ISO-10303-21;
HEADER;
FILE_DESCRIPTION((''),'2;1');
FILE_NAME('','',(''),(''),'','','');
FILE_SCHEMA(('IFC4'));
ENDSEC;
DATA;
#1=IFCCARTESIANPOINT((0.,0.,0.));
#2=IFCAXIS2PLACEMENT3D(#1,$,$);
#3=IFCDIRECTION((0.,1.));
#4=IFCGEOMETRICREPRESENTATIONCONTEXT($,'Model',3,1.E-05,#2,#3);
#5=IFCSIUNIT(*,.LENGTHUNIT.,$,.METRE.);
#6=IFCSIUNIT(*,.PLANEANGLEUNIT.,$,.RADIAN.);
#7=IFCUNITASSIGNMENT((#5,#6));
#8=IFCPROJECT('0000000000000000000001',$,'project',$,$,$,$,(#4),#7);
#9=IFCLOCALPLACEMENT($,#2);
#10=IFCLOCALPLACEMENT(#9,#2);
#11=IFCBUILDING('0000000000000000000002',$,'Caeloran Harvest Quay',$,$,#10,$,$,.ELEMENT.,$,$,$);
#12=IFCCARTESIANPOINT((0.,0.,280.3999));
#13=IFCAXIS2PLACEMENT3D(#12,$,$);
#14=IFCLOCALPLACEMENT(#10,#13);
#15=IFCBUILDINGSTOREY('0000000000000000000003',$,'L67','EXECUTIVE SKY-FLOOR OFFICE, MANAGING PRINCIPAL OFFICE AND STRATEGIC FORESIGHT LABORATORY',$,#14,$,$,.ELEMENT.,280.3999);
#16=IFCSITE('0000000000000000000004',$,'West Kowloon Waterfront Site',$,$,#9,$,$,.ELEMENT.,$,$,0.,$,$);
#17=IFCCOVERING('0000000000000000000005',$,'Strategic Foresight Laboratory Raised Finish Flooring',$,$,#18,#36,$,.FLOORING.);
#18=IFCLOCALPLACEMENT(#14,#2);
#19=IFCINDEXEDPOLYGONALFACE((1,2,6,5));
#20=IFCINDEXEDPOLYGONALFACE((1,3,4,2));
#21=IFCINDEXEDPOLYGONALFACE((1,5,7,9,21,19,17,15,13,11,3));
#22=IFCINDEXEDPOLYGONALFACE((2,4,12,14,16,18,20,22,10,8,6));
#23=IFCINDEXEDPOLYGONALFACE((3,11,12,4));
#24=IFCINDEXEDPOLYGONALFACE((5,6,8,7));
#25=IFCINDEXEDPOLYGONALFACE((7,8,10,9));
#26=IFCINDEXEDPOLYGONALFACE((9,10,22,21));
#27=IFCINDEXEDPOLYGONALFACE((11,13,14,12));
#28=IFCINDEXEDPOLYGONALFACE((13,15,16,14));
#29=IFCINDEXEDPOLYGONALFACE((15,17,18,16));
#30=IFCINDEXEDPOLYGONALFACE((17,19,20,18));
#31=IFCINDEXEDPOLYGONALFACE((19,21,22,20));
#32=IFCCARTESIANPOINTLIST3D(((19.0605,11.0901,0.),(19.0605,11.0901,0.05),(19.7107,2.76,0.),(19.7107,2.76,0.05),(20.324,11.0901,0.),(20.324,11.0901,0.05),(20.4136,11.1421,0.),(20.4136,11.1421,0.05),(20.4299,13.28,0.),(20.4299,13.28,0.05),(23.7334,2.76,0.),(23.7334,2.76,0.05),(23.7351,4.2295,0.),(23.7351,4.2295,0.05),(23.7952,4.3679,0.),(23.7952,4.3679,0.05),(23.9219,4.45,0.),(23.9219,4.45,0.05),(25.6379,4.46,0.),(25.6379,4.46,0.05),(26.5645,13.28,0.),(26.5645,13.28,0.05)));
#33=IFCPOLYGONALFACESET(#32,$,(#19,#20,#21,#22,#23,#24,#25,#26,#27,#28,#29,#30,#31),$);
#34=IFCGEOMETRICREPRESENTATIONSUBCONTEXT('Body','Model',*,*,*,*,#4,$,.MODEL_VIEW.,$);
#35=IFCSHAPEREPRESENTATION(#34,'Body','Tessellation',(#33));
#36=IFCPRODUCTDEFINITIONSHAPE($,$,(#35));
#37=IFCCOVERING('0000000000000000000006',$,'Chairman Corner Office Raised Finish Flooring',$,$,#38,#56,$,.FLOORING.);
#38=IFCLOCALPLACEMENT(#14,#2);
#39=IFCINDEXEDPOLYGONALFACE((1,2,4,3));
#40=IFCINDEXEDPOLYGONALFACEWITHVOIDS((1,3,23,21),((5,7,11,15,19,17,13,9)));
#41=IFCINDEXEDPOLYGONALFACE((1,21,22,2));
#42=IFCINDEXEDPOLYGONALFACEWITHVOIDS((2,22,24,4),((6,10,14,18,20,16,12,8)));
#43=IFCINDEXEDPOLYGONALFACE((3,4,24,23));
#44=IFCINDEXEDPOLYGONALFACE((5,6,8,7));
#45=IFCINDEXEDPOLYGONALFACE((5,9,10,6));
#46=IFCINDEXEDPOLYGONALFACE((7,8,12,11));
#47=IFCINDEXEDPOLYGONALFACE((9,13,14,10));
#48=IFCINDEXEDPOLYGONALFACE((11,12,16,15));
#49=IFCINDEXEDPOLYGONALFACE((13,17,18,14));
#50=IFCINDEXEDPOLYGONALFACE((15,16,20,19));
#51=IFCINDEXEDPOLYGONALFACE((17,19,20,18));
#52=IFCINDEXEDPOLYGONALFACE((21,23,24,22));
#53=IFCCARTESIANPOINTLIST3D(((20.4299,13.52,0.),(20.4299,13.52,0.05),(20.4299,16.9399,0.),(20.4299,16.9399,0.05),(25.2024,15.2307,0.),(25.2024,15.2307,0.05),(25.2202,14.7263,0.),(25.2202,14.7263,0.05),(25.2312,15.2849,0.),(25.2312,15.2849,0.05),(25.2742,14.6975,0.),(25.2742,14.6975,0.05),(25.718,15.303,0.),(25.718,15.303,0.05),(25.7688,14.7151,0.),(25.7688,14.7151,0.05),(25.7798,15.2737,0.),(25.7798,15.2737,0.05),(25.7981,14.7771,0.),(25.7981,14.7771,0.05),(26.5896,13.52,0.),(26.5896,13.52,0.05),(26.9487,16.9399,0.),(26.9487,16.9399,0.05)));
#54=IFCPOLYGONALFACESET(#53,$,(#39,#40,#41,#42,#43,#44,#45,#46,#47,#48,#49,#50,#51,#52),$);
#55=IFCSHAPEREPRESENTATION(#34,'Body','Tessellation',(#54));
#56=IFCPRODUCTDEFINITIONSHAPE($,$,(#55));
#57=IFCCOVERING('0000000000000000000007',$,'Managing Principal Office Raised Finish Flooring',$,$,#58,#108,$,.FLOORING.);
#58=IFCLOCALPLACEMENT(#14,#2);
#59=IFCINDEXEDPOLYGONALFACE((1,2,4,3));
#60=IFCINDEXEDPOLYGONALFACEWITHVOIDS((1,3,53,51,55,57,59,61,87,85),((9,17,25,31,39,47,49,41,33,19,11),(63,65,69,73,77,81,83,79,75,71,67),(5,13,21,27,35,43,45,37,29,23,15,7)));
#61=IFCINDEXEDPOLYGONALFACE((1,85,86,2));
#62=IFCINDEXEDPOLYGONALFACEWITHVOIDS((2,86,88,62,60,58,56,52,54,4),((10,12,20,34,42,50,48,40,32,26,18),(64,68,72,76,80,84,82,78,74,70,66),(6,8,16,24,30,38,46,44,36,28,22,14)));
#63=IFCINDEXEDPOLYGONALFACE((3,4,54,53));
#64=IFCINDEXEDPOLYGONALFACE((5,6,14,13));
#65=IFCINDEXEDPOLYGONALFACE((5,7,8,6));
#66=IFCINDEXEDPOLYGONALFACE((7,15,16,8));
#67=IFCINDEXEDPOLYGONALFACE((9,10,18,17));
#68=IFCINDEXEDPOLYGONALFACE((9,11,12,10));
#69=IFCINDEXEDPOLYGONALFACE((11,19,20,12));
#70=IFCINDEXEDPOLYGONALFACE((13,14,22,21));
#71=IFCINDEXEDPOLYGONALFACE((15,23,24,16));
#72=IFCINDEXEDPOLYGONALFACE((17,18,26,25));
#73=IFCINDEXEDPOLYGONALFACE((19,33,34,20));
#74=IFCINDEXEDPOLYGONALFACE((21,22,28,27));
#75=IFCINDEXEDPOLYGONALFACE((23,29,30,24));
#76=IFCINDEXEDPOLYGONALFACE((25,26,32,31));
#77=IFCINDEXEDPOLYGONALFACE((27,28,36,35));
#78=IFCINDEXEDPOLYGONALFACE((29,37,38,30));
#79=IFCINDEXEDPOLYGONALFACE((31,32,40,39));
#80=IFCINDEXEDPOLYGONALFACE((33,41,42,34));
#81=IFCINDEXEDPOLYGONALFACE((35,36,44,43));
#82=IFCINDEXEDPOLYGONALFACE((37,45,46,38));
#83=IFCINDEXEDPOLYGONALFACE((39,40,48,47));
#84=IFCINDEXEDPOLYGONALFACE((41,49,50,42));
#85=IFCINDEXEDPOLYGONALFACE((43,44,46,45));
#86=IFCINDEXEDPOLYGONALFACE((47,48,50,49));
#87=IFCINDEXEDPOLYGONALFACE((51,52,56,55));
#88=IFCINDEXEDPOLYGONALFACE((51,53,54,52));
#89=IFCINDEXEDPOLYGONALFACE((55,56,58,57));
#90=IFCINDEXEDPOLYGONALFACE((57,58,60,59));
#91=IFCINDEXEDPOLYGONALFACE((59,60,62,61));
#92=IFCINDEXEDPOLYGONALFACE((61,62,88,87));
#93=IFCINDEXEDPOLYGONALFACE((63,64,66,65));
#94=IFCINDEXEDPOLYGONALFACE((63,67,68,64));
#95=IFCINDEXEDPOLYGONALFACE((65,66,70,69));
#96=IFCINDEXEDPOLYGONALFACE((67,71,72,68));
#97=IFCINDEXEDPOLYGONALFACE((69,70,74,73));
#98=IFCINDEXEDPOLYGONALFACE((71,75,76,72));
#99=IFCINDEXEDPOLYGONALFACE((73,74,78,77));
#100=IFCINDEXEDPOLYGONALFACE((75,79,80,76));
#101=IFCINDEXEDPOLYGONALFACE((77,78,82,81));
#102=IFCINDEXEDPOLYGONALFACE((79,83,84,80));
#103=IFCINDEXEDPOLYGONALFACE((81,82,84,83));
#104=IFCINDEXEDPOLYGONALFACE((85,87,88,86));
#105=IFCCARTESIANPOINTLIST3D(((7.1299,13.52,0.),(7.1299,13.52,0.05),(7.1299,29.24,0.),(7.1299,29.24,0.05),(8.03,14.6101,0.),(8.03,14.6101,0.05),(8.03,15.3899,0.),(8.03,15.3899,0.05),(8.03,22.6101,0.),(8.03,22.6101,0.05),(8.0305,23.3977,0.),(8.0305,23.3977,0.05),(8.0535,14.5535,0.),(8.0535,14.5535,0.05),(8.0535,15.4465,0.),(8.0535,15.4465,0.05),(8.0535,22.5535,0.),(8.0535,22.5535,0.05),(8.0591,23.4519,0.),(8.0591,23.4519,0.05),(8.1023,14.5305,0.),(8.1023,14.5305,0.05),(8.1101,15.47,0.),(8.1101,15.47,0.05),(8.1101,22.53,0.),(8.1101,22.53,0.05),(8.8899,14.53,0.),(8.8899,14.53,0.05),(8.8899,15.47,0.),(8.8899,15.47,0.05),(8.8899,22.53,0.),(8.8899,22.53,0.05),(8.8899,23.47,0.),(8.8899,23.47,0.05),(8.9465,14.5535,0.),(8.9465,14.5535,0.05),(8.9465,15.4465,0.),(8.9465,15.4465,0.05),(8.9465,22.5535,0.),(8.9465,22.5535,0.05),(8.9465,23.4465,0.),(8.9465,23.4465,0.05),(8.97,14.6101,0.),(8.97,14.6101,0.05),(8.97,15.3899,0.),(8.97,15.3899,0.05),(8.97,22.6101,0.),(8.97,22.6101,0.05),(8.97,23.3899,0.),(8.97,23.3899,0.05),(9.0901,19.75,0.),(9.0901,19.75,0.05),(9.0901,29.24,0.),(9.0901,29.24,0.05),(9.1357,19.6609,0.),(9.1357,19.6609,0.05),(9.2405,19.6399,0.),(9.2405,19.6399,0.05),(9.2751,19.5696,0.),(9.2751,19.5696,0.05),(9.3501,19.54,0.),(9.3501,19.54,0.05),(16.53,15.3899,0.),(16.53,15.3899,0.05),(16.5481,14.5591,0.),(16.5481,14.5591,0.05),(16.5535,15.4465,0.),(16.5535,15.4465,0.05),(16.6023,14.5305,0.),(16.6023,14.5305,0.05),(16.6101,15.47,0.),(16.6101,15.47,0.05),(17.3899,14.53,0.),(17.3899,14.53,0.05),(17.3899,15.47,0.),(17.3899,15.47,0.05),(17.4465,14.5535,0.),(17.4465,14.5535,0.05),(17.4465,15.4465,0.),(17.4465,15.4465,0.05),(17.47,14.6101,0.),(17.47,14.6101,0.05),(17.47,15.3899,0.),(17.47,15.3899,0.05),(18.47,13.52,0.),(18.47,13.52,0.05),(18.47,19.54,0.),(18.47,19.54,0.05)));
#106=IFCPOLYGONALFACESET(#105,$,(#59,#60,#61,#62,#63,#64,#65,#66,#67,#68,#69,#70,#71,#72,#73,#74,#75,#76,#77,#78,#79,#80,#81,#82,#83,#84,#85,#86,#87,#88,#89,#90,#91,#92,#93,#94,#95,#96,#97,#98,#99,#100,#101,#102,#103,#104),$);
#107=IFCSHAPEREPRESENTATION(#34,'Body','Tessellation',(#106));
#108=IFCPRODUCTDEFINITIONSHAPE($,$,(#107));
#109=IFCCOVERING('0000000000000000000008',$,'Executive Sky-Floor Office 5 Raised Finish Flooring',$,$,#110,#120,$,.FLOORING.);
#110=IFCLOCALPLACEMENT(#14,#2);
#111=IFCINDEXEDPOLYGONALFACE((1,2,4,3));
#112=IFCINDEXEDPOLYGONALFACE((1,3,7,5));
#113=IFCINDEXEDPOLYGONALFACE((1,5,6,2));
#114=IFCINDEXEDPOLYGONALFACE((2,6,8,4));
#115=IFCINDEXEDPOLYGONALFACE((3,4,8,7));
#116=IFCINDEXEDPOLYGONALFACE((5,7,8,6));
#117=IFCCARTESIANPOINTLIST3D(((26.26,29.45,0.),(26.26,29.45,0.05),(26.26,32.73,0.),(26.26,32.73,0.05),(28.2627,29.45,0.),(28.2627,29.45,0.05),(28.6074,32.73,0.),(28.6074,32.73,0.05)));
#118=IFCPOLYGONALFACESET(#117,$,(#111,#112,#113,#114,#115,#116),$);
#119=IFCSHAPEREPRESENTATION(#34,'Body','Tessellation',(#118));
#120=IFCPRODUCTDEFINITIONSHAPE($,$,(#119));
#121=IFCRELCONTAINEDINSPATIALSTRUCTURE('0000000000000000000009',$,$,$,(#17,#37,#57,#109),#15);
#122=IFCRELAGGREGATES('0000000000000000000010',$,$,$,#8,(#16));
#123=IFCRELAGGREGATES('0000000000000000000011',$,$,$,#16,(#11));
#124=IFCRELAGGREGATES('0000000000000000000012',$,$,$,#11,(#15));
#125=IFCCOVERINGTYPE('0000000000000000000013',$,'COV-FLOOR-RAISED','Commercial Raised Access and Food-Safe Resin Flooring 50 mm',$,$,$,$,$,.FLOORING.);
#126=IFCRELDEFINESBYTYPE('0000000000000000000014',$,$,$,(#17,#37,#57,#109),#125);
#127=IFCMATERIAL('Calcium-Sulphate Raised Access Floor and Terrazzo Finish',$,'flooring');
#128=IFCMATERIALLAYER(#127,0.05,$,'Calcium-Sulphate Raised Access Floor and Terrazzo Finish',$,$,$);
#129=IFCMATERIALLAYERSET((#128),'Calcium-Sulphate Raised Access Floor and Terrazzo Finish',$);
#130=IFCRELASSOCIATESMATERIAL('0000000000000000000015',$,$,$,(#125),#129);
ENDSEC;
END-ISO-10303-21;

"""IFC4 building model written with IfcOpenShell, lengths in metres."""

from ifc_helpers import new_model, si_unit, direction, frame, origin, place, context, subcontext, project, spatial, polyline, outline, extrude, material, layer, layer_set, type_object, element, save


model = new_model("IFC4")

# Units and contexts
model_context = context("Model", 3, precision=1e-05, world=origin(), true_north=direction((0.0, 1.0)))
body_context = subcontext(model_context, "Body", "Model", "MODEL_VIEW")
ifc_project = project(units=[si_unit("LENGTHUNIT", "METRE"), si_unit("PLANEANGLEUNIT", "RADIAN")], contexts=[model_context])

# Site, building, storey
site_placement = place(None, origin())
site = spatial("IfcSite", under=ifc_project, at=site_placement, Name="West Kowloon Waterfront Site", CompositionType="ELEMENT", RefElevation=0.0)
building_placement = place(site_placement, origin())
building = spatial("IfcBuilding", under=site, at=building_placement, Name="Caeloran Harvest Quay", CompositionType="ELEMENT")
storey_placement = place(building_placement, frame((0.0, 0.0, 280.3999)))
storey = spatial("IfcBuildingStorey", under=building, at=storey_placement, Name="L67", Description="EXECUTIVE SKY-FLOOR OFFICE, MANAGING PRINCIPAL OFFICE AND STRATEGIC FORESIGHT LABORATORY", CompositionType="ELEMENT", Elevation=280.3999)

# Coverings
ifc_material_1 = material(Name="Calcium-Sulphate Raised Access Floor and Terrazzo Finish", Category="flooring")
ifc_layer_1 = layer(ifc_material_1, 0.05, Name="Calcium-Sulphate Raised Access Floor and Terrazzo Finish")
ifc_layer_set_1 = layer_set([ifc_layer_1], Name="Calcium-Sulphate Raised Access Floor and Terrazzo Finish")
covering_type_1 = type_object("IfcCoveringType", Name="COV-FLOOR-RAISED", Description="Commercial Raised Access and Food-Safe Resin Flooring 50 mm", PredefinedType="FLOORING", material=ifc_layer_set_1)
covering_1_placement = place(storey_placement, origin())
element("IfcCovering", 1, at=covering_1_placement, inside=storey, type_object=covering_type_1, Name="Strategic Foresight Laboratory Raised Finish Flooring", PredefinedType="FLOORING", context=body_context, shape_type="SweptSolid", body=[
    extrude(outline(polyline([(23.9219, 4.45), (23.7952, 4.3679), (23.7351, 4.2295), (23.7334, 2.76), (19.7107, 2.76), (19.0605, 11.0901), (20.324, 11.0901), (20.4136, 11.1421), (20.4299, 13.28), (26.5645, 13.28), (25.6379, 4.46), (23.9219, 4.45)])), origin(), (0.0, 0.0, 1.0), 0.05),
])
covering_2_placement = place(storey_placement, origin())
element("IfcCovering", 2, at=covering_2_placement, inside=storey, type_object=covering_type_1, Name="Chairman Corner Office Raised Finish Flooring", PredefinedType="FLOORING", context=body_context, shape_type="SweptSolid", body=[
    extrude(outline(polyline([(20.4299, 13.52), (20.4299, 16.9399), (26.9487, 16.9399), (26.5896, 13.52), (20.4299, 13.52)]), holes=[polyline([(25.2024, 15.2307), (25.2202, 14.7263), (25.2742, 14.6975), (25.7688, 14.7151), (25.7981, 14.7771), (25.7798, 15.2737), (25.718, 15.303), (25.2312, 15.2849), (25.2024, 15.2307)])]), origin(), (0.0, 0.0, 1.0), 0.05),
])
covering_3_placement = place(storey_placement, origin())
element("IfcCovering", 3, at=covering_3_placement, inside=storey, type_object=covering_type_1, Name="Managing Principal Office Raised Finish Flooring", PredefinedType="FLOORING", context=body_context, shape_type="SweptSolid", body=[
    extrude(outline(polyline([(9.2405, 19.6399), (9.2751, 19.5696), (9.3501, 19.54), (18.47, 19.54), (18.47, 13.52), (7.1299, 13.52), (7.1299, 29.24), (9.0901, 29.24), (9.0901, 19.75), (9.1357, 19.6609), (9.2405, 19.6399)]), holes=[polyline([(16.53, 15.3899), (16.5481, 14.5591), (16.6023, 14.5305), (17.3899, 14.53), (17.4465, 14.5535), (17.47, 14.6101), (17.47, 15.3899), (17.4465, 15.4465), (17.3899, 15.47), (16.6101, 15.47), (16.5535, 15.4465), (16.53, 15.3899)]), polyline([(8.03, 14.6101), (8.0535, 14.5535), (8.1023, 14.5305), (8.8899, 14.53), (8.9465, 14.5535), (8.97, 14.6101), (8.97, 15.3899), (8.9465, 15.4465), (8.8899, 15.47), (8.1101, 15.47), (8.0535, 15.4465), (8.03, 15.3899), (8.03, 14.6101)]), polyline([(8.8899, 23.47), (8.0591, 23.4519), (8.0305, 23.3977), (8.03, 22.6101), (8.0535, 22.5535), (8.1101, 22.53), (8.8899, 22.53), (8.9465, 22.5535), (8.97, 22.6101), (8.97, 23.3899), (8.9465, 23.4465), (8.8899, 23.47)])]), origin(), (0.0, 0.0, 1.0), 0.05),
])
covering_4_placement = place(storey_placement, origin())
element("IfcCovering", 4, at=covering_4_placement, inside=storey, type_object=covering_type_1, Name="Executive Sky-Floor Office 5 Raised Finish Flooring", PredefinedType="FLOORING", context=body_context, shape_type="SweptSolid", body=[
    extrude(outline(polyline([(26.26, 32.73), (28.6074, 32.73), (28.2627, 29.45), (26.26, 29.45), (26.26, 32.73)])), origin(), (0.0, 0.0, 1.0), 0.05),
])

save(model, "model.ifc")
